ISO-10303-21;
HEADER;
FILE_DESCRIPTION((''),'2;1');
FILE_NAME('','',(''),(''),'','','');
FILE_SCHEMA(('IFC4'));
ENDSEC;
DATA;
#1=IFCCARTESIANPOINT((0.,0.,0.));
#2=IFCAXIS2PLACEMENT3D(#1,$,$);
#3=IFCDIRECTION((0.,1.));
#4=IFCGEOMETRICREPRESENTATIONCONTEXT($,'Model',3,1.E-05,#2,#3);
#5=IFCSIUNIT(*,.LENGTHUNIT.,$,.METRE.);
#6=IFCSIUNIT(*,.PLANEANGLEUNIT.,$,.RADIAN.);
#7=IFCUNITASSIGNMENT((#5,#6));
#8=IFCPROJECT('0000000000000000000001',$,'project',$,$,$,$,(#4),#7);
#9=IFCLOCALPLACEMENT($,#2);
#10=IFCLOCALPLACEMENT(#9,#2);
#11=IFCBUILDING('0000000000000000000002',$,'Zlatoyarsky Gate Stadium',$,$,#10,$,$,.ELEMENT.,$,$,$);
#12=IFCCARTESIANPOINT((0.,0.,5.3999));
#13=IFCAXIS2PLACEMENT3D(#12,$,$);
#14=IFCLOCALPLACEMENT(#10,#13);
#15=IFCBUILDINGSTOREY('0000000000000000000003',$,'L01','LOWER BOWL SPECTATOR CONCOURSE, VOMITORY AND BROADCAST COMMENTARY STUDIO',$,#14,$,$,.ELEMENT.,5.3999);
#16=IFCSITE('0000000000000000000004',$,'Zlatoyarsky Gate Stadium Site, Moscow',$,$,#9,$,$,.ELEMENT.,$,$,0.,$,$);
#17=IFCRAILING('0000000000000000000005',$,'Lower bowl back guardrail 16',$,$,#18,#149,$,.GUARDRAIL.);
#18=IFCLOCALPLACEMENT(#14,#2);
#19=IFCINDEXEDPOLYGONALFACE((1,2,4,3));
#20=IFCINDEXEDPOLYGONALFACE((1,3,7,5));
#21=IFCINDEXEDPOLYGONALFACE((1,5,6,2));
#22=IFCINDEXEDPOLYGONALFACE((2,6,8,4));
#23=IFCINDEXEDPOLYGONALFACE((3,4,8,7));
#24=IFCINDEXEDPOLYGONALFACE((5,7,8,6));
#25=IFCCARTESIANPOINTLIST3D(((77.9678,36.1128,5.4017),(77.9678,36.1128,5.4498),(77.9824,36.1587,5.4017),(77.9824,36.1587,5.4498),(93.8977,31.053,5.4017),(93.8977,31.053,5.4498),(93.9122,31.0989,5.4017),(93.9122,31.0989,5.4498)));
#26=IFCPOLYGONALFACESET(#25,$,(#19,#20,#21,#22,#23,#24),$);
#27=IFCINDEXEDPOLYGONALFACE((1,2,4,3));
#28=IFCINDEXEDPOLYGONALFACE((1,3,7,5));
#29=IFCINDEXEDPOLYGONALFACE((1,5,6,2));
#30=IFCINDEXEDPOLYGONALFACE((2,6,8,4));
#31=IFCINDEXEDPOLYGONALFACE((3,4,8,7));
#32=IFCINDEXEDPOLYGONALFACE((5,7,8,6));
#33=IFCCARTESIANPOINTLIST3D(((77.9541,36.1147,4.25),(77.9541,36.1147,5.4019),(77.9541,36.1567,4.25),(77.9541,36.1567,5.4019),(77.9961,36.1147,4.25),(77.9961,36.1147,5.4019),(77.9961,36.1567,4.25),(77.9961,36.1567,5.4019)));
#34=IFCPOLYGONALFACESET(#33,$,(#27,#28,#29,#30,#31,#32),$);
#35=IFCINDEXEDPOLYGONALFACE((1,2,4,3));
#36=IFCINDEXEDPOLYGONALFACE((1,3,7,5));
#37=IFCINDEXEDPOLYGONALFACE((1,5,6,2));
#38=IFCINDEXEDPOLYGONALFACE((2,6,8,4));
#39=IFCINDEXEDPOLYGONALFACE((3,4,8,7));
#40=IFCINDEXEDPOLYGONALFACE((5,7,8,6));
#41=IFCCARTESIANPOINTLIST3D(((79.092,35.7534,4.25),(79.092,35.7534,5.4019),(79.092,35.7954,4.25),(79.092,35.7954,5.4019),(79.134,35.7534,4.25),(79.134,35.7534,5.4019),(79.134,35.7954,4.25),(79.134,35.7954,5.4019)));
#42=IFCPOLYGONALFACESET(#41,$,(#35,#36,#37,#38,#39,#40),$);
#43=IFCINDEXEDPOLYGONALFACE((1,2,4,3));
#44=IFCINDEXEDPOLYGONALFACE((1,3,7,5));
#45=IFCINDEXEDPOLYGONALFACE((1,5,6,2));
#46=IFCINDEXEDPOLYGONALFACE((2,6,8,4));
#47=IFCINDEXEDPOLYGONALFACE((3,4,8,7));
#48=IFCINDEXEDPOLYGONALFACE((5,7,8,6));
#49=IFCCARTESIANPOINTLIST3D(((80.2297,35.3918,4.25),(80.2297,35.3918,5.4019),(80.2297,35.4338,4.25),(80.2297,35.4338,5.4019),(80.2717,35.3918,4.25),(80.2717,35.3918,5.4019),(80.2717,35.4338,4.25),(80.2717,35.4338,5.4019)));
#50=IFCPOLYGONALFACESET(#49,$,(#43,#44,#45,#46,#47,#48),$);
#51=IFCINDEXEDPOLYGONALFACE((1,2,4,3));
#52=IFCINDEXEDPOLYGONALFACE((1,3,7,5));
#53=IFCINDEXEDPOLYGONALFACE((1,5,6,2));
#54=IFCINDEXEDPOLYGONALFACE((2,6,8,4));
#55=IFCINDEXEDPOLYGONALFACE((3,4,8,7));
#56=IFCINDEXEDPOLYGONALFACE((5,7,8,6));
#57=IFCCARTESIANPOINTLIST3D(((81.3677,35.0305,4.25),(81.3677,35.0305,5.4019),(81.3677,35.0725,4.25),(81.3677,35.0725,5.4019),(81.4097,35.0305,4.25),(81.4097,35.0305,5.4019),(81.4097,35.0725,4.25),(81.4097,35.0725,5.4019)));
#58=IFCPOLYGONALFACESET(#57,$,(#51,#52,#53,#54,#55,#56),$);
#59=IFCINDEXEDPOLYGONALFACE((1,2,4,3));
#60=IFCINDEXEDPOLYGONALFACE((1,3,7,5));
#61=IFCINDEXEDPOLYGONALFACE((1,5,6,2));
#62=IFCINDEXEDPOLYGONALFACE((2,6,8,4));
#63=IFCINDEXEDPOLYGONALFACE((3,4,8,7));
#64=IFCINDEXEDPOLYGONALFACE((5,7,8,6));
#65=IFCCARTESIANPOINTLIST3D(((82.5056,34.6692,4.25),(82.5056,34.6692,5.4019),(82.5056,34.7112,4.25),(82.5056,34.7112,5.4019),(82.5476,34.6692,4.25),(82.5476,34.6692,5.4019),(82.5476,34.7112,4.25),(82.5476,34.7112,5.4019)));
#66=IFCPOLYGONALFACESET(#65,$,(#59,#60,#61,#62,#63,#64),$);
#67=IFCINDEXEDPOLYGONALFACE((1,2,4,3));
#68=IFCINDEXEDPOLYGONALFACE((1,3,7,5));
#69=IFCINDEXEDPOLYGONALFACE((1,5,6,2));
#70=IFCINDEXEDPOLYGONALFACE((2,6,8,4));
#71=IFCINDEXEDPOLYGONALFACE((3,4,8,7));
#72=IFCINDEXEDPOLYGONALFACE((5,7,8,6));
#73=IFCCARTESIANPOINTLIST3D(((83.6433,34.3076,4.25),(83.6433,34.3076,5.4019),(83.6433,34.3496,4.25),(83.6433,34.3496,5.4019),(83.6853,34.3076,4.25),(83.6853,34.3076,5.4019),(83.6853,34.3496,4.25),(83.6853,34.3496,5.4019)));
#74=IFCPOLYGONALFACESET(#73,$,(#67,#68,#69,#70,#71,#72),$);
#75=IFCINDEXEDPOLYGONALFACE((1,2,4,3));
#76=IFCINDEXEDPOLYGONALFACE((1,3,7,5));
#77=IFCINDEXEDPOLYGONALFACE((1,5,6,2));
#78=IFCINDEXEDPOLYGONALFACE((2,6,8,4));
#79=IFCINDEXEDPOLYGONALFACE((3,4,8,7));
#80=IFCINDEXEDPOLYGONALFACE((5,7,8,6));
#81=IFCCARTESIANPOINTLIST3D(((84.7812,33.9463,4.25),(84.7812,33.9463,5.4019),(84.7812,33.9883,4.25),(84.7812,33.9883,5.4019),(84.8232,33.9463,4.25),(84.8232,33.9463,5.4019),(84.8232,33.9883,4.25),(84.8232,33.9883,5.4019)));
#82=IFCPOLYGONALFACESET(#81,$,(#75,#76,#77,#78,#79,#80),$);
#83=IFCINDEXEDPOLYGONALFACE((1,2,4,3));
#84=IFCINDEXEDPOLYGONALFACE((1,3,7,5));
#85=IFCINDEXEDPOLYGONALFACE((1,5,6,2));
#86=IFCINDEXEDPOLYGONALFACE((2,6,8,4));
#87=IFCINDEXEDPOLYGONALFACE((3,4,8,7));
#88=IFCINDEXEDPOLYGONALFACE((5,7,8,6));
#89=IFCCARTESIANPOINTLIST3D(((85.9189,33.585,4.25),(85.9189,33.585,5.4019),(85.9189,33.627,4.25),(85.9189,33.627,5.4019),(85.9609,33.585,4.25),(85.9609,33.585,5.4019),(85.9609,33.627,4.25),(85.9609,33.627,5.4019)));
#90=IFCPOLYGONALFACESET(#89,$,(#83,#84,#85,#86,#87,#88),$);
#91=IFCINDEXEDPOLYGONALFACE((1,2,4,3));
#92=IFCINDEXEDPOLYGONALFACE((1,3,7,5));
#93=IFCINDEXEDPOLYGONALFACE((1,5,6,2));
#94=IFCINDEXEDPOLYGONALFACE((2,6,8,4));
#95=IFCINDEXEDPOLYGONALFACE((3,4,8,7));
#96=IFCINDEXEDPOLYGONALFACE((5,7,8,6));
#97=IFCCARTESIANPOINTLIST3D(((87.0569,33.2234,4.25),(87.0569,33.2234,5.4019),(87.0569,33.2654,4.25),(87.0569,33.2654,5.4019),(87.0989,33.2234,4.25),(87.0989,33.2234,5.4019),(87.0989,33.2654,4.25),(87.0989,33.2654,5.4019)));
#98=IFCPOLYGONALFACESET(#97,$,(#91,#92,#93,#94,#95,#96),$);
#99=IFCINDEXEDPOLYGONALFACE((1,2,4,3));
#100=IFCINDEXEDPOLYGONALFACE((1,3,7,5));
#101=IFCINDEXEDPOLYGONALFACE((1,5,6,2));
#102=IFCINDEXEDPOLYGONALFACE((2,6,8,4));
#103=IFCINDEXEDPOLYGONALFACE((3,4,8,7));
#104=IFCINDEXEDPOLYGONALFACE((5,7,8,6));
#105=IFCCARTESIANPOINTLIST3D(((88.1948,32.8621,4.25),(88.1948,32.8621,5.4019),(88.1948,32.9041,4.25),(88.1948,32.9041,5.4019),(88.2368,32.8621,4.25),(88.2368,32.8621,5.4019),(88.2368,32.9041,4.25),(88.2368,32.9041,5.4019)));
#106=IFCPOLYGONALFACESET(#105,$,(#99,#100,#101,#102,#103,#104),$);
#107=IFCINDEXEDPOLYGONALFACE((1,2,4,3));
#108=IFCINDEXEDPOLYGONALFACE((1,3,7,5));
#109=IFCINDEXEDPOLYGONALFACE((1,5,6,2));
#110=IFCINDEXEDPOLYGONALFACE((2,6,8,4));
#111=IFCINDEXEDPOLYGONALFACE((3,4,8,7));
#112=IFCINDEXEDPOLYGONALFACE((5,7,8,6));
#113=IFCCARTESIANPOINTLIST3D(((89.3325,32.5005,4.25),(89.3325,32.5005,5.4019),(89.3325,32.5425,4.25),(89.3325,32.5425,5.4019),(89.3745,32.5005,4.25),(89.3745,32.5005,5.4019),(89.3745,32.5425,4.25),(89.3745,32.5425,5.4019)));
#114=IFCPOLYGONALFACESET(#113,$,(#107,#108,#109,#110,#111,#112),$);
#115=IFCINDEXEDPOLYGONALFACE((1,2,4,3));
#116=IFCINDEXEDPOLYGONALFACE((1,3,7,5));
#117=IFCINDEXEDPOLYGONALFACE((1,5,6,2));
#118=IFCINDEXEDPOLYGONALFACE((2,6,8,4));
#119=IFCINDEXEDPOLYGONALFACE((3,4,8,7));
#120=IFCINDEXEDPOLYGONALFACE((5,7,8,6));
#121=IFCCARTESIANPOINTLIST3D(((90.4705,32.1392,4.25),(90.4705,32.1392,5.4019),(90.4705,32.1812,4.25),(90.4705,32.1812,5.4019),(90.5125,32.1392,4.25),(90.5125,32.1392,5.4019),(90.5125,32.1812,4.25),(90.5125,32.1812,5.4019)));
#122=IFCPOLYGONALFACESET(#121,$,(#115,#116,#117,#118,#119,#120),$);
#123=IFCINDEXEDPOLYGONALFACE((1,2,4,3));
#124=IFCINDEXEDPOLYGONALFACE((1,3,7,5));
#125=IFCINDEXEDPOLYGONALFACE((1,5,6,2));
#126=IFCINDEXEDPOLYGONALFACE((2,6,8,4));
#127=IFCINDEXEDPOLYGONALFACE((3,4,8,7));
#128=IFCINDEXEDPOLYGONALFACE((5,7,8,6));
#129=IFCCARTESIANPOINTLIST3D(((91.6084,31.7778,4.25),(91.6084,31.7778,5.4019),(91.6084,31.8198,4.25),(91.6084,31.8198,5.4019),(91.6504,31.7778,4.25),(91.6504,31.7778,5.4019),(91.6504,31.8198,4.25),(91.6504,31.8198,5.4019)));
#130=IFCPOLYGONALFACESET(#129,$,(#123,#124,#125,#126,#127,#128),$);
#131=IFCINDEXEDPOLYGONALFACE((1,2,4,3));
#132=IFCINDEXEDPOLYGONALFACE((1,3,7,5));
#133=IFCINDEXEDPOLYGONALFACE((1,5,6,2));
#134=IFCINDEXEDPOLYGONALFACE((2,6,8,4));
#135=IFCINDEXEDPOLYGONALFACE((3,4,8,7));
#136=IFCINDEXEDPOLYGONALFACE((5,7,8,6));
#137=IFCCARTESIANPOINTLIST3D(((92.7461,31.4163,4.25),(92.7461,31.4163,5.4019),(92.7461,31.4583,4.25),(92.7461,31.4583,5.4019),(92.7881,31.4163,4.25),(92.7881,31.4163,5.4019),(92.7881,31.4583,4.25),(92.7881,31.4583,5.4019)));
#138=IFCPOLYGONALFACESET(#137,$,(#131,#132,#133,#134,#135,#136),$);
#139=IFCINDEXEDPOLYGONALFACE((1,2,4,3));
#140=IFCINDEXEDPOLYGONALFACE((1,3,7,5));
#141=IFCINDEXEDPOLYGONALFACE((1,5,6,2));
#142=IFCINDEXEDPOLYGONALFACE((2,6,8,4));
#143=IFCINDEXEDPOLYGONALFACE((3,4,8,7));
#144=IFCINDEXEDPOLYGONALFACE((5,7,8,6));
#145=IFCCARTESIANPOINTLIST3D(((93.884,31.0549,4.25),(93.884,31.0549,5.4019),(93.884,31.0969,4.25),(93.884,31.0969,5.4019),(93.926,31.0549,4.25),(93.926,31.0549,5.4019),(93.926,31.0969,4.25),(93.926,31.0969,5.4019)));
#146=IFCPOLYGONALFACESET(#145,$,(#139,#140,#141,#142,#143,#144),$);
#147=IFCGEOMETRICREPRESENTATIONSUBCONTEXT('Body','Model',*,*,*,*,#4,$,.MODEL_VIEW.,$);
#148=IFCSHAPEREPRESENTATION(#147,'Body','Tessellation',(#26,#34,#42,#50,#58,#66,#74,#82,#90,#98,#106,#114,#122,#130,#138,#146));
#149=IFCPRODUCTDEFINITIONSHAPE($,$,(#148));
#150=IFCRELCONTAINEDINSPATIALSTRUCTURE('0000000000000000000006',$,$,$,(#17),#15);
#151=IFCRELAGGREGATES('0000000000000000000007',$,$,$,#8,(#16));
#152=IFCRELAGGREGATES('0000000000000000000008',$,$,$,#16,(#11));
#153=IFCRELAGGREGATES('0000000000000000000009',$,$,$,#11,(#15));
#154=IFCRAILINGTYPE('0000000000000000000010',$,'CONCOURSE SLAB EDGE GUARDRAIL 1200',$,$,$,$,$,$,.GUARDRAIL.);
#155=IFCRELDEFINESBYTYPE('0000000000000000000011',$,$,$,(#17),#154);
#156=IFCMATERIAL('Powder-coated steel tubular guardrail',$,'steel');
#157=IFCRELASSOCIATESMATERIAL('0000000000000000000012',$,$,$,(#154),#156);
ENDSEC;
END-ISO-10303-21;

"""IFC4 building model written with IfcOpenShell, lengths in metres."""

from ifc_helpers import new_model, si_unit, direction, frame, origin, origin_2d, place, context, subcontext, project, spatial, rectangle, extrude, material, type_object, element, save


model = new_model("IFC4")

# Units and contexts
model_context = context("Model", 3, precision=1e-05, world=origin(), true_north=direction((0.0, 1.0)))
body_context = subcontext(model_context, "Body", "Model", "MODEL_VIEW")
ifc_project = project(units=[si_unit("LENGTHUNIT", "METRE"), si_unit("PLANEANGLEUNIT", "RADIAN")], contexts=[model_context])

# Site, building, storey
site_placement = place(None, origin())
site = spatial("IfcSite", under=ifc_project, at=site_placement, Name="Zlatoyarsky Gate Stadium Site, Moscow", CompositionType="ELEMENT", RefElevation=0.0)
building_placement = place(site_placement, origin())
building = spatial("IfcBuilding", under=site, at=building_placement, Name="Zlatoyarsky Gate Stadium", CompositionType="ELEMENT")
storey_placement = place(building_placement, frame((0.0, 0.0, 5.3999)))
storey = spatial("IfcBuildingStorey", under=building, at=storey_placement, Name="L01", Description="LOWER BOWL SPECTATOR CONCOURSE, VOMITORY AND BROADCAST COMMENTARY STUDIO", CompositionType="ELEMENT", Elevation=5.3999)

# Railing
ifc_material_1 = material(Name="Powder-coated steel tubular guardrail", Category="steel")
railing_type_1 = type_object("IfcRailingType", Name="CONCOURSE SLAB EDGE GUARDRAIL 1200", PredefinedType="GUARDRAIL", material=ifc_material_1)
railing_1_placement = place(storey_placement, frame((77.9751, 36.1357, 4.25)))
element("IfcRailing", 1, at=railing_1_placement, inside=storey, type_object=railing_type_1, Name="Lower bowl back guardrail 16", PredefinedType="GUARDRAIL", context=body_context, shape_type="SweptSolid", body=[
    extrude(rectangle(XDim=0.0481, YDim=0.0481, at=origin_2d()), frame((0.0, 0.0, 1.1758), z_axis=(0.953078, -0.302726, 0.0), x_axis=(0.302726, 0.953078, 0.0)), (0.0, 0.0, 1.0), 16.7141),
    extrude(rectangle(XDim=0.042, YDim=0.042, at=origin_2d()), origin(), (0.0, 0.0, 1.0), 1.1519),
    extrude(rectangle(XDim=0.042, YDim=0.042, at=origin_2d()), frame((1.1379, -0.3613, 0.0)), (0.0, 0.0, 1.0), 1.1519),
    extrude(rectangle(XDim=0.042, YDim=0.042, at=origin_2d()), frame((2.2756, -0.7229, 0.0)), (0.0, 0.0, 1.0), 1.1519),
    extrude(rectangle(XDim=0.042, YDim=0.042, at=origin_2d()), frame((3.4136, -1.0842, 0.0)), (0.0, 0.0, 1.0), 1.1519),
    extrude(rectangle(XDim=0.042, YDim=0.042, at=origin_2d()), frame((4.5515, -1.4456, 0.0)), (0.0, 0.0, 1.0), 1.1519),
    extrude(rectangle(XDim=0.042, YDim=0.042, at=origin_2d()), frame((5.6892, -1.8071, 0.0)), (0.0, 0.0, 1.0), 1.1519),
    extrude(rectangle(XDim=0.042, YDim=0.042, at=origin_2d()), frame((6.8271, -2.1685, 0.0)), (0.0, 0.0, 1.0), 1.1519),
    extrude(rectangle(XDim=0.042, YDim=0.042, at=origin_2d()), frame((7.9648, -2.5298, 0.0)), (0.0, 0.0, 1.0), 1.1519),
    extrude(rectangle(XDim=0.042, YDim=0.042, at=origin_2d()), frame((9.1028, -2.8914, 0.0)), (0.0, 0.0, 1.0), 1.1519),
    extrude(rectangle(XDim=0.042, YDim=0.042, at=origin_2d()), frame((10.2407, -3.2527, 0.0)), (0.0, 0.0, 1.0), 1.1519),
    extrude(rectangle(XDim=0.042, YDim=0.042, at=origin_2d()), frame((11.3784, -3.6143, 0.0)), (0.0, 0.0, 1.0), 1.1519),
    extrude(rectangle(XDim=0.042, YDim=0.042, at=origin_2d()), frame((12.5164, -3.9756, 0.0)), (0.0, 0.0, 1.0), 1.1519),
    extrude(rectangle(XDim=0.042, YDim=0.042, at=origin_2d()), frame((13.6543, -4.3369, 0.0)), (0.0, 0.0, 1.0), 1.1519),
    extrude(rectangle(XDim=0.042, YDim=0.042, at=origin_2d()), frame((14.792, -4.6985, 0.0)), (0.0, 0.0, 1.0), 1.1519),
    extrude(rectangle(XDim=0.042, YDim=0.042, at=origin_2d()), frame((15.9299, -5.0598, 0.0)), (0.0, 0.0, 1.0), 1.1519),
])

save(model, "model.ifc")
